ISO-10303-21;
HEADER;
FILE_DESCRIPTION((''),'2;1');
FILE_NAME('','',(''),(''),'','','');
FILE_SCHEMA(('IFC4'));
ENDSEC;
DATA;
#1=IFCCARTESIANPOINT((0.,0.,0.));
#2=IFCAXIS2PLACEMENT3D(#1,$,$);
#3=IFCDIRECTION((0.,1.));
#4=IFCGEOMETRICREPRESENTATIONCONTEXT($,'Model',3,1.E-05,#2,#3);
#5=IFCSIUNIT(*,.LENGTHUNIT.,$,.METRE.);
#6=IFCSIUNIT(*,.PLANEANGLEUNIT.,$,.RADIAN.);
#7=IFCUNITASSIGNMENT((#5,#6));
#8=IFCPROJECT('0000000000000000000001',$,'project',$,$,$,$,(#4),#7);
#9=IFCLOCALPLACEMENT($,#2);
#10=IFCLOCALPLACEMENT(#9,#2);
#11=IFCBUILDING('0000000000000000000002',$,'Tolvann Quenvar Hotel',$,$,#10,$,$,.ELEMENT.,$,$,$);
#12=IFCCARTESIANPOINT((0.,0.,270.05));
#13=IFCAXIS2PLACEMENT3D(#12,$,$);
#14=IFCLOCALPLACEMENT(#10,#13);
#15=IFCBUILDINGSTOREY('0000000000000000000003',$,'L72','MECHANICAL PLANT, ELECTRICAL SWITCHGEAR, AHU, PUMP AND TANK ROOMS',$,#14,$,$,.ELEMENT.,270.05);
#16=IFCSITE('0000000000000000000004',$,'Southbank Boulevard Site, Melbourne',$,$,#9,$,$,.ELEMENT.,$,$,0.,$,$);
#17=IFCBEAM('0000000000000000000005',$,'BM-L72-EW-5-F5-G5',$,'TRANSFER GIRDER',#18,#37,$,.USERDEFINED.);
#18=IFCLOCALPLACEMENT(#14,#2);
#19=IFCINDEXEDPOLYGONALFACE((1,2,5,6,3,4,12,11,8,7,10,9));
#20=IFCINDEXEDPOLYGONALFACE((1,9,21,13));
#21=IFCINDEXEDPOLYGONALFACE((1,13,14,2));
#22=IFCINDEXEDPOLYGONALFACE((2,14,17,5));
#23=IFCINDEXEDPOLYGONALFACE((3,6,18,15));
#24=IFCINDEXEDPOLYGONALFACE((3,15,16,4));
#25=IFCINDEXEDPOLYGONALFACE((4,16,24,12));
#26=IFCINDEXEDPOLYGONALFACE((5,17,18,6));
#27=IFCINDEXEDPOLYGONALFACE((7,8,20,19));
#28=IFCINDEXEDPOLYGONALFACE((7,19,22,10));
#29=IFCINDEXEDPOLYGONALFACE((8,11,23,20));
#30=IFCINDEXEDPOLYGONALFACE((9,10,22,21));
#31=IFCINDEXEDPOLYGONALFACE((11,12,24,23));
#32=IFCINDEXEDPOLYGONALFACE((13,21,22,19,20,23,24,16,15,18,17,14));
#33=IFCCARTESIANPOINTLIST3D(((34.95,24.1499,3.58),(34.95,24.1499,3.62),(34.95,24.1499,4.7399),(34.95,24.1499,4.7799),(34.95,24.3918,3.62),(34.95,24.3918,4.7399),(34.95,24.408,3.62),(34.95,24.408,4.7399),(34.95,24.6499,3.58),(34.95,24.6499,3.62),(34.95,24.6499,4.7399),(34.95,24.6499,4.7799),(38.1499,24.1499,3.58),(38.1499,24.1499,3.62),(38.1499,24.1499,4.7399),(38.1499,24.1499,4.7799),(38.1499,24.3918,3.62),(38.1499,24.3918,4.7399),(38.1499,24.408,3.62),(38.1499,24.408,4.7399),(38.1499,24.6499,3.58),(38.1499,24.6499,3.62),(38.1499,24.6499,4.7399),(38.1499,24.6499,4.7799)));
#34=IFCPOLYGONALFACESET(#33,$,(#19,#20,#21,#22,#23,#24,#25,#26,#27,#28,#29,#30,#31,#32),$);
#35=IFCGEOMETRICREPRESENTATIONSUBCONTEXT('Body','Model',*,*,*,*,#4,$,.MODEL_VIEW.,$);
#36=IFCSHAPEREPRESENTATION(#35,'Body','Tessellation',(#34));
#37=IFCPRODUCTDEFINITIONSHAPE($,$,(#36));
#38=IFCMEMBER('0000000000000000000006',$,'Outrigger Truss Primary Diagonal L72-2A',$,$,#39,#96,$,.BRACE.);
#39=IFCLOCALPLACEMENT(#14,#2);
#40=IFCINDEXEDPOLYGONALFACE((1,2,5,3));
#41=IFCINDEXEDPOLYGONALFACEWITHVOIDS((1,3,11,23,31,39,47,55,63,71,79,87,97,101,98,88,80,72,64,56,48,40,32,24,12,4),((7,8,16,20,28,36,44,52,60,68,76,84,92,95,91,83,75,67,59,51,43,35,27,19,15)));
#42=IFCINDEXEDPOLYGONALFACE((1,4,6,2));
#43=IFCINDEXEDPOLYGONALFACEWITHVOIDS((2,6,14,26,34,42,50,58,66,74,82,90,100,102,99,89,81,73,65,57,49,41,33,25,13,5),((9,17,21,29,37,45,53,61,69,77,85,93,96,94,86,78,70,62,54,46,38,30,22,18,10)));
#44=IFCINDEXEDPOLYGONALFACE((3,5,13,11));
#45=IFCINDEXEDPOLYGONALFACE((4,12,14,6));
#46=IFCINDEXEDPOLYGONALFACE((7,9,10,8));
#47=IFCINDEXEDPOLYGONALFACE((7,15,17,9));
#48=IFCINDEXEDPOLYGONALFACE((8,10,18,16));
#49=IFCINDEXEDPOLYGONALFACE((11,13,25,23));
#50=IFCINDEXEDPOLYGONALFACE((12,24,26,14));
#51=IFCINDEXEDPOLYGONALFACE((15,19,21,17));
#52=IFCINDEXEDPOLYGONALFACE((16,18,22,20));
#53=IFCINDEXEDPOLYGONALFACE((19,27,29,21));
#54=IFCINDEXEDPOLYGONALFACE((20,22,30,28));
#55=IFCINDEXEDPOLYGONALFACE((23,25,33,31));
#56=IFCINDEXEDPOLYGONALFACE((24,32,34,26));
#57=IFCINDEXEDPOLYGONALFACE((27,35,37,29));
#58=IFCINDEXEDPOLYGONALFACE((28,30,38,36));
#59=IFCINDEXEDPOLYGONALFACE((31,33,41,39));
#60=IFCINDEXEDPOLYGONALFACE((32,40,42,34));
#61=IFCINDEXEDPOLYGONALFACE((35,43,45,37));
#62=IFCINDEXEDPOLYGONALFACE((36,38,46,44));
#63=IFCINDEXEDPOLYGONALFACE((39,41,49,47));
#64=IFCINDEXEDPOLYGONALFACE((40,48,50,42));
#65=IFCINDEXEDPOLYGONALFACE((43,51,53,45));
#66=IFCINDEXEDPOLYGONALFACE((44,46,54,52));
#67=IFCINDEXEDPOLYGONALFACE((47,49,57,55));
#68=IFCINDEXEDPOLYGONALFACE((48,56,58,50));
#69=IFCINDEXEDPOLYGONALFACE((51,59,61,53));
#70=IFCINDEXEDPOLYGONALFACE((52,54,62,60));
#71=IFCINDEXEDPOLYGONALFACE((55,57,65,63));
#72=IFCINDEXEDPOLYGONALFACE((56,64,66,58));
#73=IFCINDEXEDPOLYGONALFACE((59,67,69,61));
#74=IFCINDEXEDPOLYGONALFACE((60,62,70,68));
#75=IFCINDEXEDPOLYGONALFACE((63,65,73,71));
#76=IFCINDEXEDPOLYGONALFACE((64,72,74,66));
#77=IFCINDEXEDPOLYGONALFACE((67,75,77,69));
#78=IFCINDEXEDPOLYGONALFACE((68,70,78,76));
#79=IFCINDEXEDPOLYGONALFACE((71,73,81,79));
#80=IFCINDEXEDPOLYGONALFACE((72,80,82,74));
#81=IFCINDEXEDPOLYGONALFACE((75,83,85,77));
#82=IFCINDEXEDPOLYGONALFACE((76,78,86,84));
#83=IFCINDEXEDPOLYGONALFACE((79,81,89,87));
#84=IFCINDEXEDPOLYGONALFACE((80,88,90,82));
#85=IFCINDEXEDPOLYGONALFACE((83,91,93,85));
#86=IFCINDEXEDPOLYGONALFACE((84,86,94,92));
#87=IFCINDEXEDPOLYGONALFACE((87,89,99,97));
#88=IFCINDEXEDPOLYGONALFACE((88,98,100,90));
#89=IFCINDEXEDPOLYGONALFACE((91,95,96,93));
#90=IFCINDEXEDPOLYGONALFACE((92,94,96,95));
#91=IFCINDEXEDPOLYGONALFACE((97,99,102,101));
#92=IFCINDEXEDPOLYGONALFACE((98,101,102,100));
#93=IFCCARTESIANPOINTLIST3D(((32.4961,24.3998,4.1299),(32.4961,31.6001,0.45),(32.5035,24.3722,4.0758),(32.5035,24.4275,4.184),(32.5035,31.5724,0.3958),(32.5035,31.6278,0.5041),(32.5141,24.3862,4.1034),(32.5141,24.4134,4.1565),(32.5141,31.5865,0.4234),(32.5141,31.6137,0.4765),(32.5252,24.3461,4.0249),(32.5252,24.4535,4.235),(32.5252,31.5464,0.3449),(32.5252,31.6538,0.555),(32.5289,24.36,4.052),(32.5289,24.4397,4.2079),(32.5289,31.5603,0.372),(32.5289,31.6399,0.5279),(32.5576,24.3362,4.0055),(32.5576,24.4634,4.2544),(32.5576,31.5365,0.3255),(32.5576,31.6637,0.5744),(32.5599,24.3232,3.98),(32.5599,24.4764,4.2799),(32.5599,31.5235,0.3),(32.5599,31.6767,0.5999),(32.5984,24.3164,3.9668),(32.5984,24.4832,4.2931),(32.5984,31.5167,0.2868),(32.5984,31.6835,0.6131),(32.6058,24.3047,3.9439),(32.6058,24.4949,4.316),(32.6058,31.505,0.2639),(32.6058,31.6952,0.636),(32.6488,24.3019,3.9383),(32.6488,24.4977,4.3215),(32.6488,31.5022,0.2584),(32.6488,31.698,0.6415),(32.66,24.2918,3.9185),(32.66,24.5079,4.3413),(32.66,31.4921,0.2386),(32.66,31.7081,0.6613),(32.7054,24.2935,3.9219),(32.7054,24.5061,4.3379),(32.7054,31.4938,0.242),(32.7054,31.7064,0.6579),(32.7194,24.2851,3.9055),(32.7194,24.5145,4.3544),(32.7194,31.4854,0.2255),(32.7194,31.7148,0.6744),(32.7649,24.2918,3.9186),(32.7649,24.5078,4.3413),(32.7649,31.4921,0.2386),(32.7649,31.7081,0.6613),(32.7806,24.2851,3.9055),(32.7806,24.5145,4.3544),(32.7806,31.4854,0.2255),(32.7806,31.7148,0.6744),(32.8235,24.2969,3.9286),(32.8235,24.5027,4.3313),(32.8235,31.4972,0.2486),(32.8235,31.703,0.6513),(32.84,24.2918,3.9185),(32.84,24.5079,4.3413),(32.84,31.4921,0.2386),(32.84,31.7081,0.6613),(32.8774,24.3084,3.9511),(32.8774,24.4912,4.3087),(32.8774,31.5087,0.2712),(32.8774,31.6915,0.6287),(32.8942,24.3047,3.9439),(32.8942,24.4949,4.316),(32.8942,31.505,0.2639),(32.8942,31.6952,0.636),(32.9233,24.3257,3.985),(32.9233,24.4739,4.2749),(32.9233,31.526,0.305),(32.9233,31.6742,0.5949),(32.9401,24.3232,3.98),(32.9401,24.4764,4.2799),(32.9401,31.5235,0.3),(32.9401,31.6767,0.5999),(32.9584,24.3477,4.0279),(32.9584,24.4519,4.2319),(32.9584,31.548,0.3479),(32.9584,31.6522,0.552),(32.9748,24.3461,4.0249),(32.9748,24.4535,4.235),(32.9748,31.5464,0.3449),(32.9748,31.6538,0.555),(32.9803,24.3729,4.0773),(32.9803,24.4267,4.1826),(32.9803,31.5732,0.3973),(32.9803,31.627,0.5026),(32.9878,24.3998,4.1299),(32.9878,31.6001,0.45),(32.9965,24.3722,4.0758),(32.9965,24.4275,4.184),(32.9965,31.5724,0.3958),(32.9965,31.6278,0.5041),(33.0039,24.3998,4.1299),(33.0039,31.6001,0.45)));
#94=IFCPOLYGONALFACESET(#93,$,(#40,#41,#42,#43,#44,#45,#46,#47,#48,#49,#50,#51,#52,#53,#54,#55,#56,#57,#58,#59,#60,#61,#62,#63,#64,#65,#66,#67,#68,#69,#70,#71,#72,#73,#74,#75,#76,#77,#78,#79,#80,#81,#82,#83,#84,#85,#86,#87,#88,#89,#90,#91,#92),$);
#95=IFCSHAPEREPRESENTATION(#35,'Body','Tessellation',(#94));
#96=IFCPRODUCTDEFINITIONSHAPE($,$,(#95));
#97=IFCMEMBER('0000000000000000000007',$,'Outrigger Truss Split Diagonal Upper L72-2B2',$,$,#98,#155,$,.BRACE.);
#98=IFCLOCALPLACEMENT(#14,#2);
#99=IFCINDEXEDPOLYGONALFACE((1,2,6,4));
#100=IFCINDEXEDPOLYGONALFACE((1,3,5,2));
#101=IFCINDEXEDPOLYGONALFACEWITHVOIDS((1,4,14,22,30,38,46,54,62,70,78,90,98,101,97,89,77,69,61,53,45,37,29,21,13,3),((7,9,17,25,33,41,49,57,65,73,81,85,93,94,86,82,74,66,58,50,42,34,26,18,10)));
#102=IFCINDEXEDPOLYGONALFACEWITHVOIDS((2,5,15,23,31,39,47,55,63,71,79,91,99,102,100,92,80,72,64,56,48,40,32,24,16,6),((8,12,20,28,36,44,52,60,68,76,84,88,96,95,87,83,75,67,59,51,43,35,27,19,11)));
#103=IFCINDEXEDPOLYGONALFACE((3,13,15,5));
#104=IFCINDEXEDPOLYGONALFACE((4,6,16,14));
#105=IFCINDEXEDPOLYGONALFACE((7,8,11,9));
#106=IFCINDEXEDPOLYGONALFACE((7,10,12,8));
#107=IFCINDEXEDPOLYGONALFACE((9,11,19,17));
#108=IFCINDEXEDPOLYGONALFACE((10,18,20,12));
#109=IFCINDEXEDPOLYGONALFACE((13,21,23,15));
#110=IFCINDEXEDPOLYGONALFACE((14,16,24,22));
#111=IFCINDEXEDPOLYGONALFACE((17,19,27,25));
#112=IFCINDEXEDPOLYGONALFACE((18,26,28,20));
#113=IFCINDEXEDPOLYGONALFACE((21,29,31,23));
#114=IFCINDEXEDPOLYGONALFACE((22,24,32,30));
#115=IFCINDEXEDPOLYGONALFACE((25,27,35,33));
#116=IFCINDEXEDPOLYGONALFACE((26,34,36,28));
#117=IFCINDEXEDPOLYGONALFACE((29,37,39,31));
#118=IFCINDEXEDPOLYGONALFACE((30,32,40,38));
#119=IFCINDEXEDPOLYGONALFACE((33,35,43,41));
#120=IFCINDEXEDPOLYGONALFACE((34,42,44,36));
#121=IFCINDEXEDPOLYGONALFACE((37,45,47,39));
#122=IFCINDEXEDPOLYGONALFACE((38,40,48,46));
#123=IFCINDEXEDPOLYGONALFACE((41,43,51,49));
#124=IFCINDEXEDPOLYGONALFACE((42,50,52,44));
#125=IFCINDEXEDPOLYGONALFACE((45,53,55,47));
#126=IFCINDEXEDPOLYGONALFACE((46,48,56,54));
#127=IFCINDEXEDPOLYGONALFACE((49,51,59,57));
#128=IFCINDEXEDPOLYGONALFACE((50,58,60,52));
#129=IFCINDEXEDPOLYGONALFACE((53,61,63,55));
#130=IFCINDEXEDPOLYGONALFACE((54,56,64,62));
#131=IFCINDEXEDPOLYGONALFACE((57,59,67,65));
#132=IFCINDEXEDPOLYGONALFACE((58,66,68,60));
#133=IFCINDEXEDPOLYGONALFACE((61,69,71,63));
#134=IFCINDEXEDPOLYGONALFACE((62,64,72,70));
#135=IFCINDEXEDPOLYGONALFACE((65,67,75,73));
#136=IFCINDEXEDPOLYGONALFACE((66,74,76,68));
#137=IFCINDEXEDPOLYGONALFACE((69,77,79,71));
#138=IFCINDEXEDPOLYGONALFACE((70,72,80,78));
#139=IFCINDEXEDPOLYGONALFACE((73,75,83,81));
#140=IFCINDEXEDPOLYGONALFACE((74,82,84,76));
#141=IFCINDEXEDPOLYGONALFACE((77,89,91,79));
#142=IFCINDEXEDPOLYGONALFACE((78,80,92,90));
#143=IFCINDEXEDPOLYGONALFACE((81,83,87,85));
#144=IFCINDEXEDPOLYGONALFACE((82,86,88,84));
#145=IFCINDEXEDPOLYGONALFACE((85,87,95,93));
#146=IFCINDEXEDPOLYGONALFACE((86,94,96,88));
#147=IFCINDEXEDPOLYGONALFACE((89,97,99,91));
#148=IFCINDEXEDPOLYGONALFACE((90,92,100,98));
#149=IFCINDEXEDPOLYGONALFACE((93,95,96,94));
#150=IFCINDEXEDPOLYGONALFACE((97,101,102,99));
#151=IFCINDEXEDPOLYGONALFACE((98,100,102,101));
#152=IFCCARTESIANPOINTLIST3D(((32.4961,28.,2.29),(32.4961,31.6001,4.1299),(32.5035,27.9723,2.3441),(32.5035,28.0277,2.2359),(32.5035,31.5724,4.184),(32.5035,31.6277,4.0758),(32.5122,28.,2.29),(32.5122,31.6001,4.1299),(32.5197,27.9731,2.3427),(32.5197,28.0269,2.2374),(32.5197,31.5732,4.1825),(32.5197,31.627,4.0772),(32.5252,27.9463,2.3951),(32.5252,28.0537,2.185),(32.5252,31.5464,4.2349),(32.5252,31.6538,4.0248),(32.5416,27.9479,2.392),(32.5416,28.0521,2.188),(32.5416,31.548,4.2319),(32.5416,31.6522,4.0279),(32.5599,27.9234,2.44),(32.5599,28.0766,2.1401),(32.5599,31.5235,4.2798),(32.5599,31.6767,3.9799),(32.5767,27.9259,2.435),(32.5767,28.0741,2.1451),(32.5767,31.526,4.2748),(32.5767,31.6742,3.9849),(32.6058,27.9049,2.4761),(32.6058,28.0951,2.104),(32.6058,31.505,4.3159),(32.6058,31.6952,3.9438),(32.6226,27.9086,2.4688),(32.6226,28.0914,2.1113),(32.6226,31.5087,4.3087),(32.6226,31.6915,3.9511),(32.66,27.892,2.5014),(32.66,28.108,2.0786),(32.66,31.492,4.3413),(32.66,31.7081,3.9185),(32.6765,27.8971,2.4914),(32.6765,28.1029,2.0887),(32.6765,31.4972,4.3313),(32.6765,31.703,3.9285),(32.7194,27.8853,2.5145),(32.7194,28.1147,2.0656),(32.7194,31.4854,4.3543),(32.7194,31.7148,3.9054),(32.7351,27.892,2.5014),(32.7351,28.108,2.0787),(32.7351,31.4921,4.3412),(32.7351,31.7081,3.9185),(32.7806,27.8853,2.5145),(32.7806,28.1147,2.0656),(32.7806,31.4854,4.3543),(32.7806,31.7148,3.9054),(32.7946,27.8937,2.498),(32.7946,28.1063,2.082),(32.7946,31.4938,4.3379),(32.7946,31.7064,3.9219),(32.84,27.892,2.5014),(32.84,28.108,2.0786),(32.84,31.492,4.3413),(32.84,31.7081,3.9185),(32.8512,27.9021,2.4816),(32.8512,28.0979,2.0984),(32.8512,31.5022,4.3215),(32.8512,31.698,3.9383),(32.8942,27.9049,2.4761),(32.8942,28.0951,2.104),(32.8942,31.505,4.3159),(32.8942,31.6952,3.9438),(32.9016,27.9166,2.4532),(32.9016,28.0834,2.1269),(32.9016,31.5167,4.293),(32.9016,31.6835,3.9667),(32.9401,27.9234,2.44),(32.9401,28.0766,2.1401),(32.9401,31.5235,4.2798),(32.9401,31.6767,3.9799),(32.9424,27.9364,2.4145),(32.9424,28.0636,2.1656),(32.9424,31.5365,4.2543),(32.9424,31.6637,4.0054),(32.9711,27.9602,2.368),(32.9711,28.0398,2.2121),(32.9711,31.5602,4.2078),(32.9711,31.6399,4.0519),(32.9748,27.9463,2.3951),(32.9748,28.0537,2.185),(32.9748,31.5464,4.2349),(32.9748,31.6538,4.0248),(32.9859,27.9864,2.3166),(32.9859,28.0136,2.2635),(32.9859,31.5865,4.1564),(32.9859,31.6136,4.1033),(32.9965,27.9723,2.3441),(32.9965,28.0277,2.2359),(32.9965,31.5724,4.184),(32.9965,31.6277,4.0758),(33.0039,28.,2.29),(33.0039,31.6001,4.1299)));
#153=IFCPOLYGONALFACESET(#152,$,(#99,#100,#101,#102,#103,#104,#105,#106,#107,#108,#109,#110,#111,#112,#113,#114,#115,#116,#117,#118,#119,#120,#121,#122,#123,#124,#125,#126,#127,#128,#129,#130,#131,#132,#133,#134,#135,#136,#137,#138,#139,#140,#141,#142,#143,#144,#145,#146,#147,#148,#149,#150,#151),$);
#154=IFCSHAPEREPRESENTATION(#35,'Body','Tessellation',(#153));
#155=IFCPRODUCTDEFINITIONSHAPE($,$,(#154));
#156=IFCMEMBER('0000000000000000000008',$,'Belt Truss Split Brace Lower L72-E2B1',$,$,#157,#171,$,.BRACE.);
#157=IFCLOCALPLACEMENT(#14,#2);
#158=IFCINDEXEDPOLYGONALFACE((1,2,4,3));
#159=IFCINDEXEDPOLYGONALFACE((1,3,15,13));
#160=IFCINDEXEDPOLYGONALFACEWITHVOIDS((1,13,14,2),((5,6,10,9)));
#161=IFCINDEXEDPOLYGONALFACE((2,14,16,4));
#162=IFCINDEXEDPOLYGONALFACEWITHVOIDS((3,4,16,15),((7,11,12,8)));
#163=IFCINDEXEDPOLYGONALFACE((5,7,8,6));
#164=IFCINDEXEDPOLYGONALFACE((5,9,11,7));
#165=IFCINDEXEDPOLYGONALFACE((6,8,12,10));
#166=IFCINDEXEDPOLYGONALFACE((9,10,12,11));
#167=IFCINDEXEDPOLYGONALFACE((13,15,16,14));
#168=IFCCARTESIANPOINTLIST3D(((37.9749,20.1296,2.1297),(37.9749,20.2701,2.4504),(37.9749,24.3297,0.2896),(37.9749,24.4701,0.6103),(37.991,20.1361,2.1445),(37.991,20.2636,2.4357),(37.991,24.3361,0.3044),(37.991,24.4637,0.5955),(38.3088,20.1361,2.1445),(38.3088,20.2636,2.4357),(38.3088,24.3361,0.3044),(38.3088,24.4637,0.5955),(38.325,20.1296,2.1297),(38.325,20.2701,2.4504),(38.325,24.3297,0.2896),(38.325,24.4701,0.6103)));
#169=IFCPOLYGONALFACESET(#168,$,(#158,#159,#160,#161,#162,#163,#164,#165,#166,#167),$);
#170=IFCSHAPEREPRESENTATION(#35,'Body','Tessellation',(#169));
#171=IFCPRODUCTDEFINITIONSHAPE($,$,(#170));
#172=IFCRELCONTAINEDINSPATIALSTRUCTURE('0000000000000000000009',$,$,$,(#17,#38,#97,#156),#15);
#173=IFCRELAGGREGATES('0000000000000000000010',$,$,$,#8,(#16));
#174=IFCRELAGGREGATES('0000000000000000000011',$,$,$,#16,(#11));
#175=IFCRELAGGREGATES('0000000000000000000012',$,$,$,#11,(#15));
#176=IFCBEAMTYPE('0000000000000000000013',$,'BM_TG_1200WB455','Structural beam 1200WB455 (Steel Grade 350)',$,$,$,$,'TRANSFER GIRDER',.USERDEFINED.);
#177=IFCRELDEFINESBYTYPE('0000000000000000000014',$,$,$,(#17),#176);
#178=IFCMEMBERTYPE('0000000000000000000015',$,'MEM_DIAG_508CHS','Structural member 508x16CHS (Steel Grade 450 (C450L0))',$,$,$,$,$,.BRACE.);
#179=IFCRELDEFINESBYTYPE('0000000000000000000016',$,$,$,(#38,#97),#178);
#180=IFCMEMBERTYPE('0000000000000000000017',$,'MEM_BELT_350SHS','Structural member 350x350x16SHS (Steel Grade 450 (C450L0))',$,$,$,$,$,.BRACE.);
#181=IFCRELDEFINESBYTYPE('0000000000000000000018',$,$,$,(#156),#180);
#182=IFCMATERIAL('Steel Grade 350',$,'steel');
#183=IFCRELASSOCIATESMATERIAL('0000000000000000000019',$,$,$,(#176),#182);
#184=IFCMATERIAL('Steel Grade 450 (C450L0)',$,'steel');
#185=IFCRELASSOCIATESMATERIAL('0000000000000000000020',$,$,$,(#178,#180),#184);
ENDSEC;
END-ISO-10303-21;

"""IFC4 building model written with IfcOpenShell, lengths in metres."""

from ifc_helpers import new_model, si_unit, direction, frame, origin, origin_2d, place, context, subcontext, project, spatial, hollow_rectangle, hollow_circle, i_section, extrude, source, transform, mapped, material, material_profile, profile_set, type_object, type_shapes, element, save


model = new_model("IFC4")

# Units and contexts
model_context = context("Model", 3, precision=1e-05, world=origin(), true_north=direction((0.0, 1.0)))
body_context = subcontext(model_context, "Body", "Model", "MODEL_VIEW")
ifc_project = project(units=[si_unit("LENGTHUNIT", "METRE"), si_unit("PLANEANGLEUNIT", "RADIAN")], contexts=[model_context])

# Site, building, storey
site_placement = place(None, origin())
site = spatial("IfcSite", under=ifc_project, at=site_placement, Name="Southbank Boulevard Site, Melbourne", CompositionType="ELEMENT", RefElevation=0.0)
building_placement = place(site_placement, origin())
building = spatial("IfcBuilding", under=site, at=building_placement, Name="Tolvann Quenvar Hotel", CompositionType="ELEMENT")
storey_placement = place(building_placement, frame((0.0, 0.0, 270.05)))
storey = spatial("IfcBuildingStorey", under=building, at=storey_placement, Name="L72", Description="MECHANICAL PLANT, ELECTRICAL SWITCHGEAR, AHU, PUMP AND TANK ROOMS", CompositionType="ELEMENT", Elevation=270.05)

# Shared definitions
ifc_material_1 = material(Name="Steel Grade 350", Category="steel")

# Beam
ifc_material_profile_1 = material_profile(ifc_material_1, i_section(OverallWidth=0.5, OverallDepth=1.2, WebThickness=0.0161, FlangeThickness=0.04, at=origin_2d()), Name="1200WB455")
ifc_profile_set_1 = profile_set([ifc_material_profile_1], Name="Steel Grade 350")
beam_type_1 = type_object("IfcBeamType", Name="BM_TG_1200WB455", Description="Structural beam 1200WB455 (Steel Grade 350)", ElementType="TRANSFER GIRDER", PredefinedType="USERDEFINED", material=ifc_profile_set_1)
shared_shape_1 = source(origin(), body_context, "Body", "SweptSolid", [
    extrude(i_section(OverallWidth=0.5, OverallDepth=1.2, WebThickness=0.0161, FlangeThickness=0.04, at=origin_2d()), origin(), (0.0, 0.0, 1.0), 3.2),
])
beam_1_placement = place(storey_placement, frame((34.95, 24.3999, 4.1799), z_axis=(1.0, 0.0, 0.0), x_axis=(0.0, 1.0, 0.0)))
element("IfcBeam", 1, at=beam_1_placement, inside=storey, type_object=beam_type_1, Name="BM-L72-EW-5-F5-G5", ObjectType="TRANSFER GIRDER", PredefinedType="USERDEFINED", context=body_context, shape_type="MappedRepresentation", body=[
    mapped(shared_shape_1, transform((0.0, 0.0, 0.0), x_axis=(1.0, 0.0, 0.0), y_axis=(0.0, 1.0, 0.0), z_axis=(0.0, 0.0, 1.0), scale=1.0)),
])

# Members
ifc_material_2 = material(Name="Steel Grade 450 (C450L0)", Category="steel")
ifc_material_profile_2 = material_profile(ifc_material_2, hollow_circle(Radius=0.2539, WallThickness=0.0161, at=origin_2d()), Name="508x16CHS")
ifc_profile_set_2 = profile_set([ifc_material_profile_2], Name="Steel Grade 450 (C450L0)")
member_type_1 = type_object("IfcMemberType", Name="MEM_DIAG_508CHS", Description="Structural member 508x16CHS (Steel Grade 450 (C450L0))", PredefinedType="BRACE", material=ifc_profile_set_2)
shared_shape_2 = source(origin(), body_context, "Body", "SweptSolid", [
    extrude(hollow_circle(Radius=0.2539, WallThickness=0.0161, at=origin_2d()), origin(), (0.0, 0.0, 1.0), 8.0862),
])
member_1_placement = place(storey_placement, frame((32.75, 31.6001, 0.45), z_axis=(0.0, -0.890443, 0.455095), x_axis=(1.0, 0.0, 0.0)))
element("IfcMember", 2, at=member_1_placement, inside=storey, type_object=member_type_1, Name="Outrigger Truss Primary Diagonal L72-2A", PredefinedType="BRACE", context=body_context, shape_type="MappedRepresentation", body=[
    mapped(shared_shape_2, transform((0.0, 0.0, 0.0), x_axis=(1.0, 0.0, 0.0), y_axis=(0.0, 1.0, 0.0), z_axis=(0.0, 0.0, 1.0), scale=1.0)),
])
shared_shape_3 = source(origin(), body_context, "Body", "SweptSolid", [
    extrude(hollow_circle(Radius=0.2539, WallThickness=0.0161, at=origin_2d()), origin(), (0.0, 0.0, 1.0), 4.043),
])
type_shapes(member_type_1, [shared_shape_2, shared_shape_3])
member_2_placement = place(storey_placement, frame((32.75, 28.0, 2.29), z_axis=(0.0, 0.890455, 0.455071), x_axis=(-1.0, 0.0, 0.0)))
element("IfcMember", 3, at=member_2_placement, inside=storey, type_object=member_type_1, Name="Outrigger Truss Split Diagonal Upper L72-2B2", PredefinedType="BRACE", context=body_context, shape_type="MappedRepresentation", body=[
    mapped(shared_shape_3, transform((0.0, 0.0, 0.0), x_axis=(1.0, 0.0, 0.0), y_axis=(0.0, 1.0, 0.0), z_axis=(0.0, 0.0, 1.0), scale=1.0)),
])
ifc_material_profile_3 = material_profile(ifc_material_2, hollow_rectangle(XDim=0.3501, YDim=0.3501, WallThickness=0.0161, at=origin_2d()), Name="350x350x16SHS")
ifc_profile_set_3 = profile_set([ifc_material_profile_3], Name="Steel Grade 450 (C450L0)")
member_type_2 = type_object("IfcMemberType", Name="MEM_BELT_350SHS", Description="Structural member 350x350x16SHS (Steel Grade 450 (C450L0))", PredefinedType="BRACE", material=ifc_profile_set_3)
shared_shape_4 = source(origin(), body_context, "Body", "SweptSolid", [
    extrude(hollow_rectangle(XDim=0.3501, YDim=0.3501, WallThickness=0.0161, at=origin_2d()), origin(), (0.0, 0.0, 1.0), 4.5854),
])
member_3_placement = place(storey_placement, frame((38.1499, 24.3999, 0.45), z_axis=(0.0, -0.915948, 0.401296), x_axis=(1.0, 0.0, 0.0)))
element("IfcMember", 4, at=member_3_placement, inside=storey, type_object=member_type_2, Name="Belt Truss Split Brace Lower L72-E2B1", PredefinedType="BRACE", context=body_context, shape_type="MappedRepresentation", body=[
    mapped(shared_shape_4, transform((0.0, 0.0, 0.0), x_axis=(1.0, 0.0, 0.0), y_axis=(0.0, 1.0, 0.0), z_axis=(0.0, 0.0, 1.0), scale=1.0)),
])

save(model, "model.ifc")
